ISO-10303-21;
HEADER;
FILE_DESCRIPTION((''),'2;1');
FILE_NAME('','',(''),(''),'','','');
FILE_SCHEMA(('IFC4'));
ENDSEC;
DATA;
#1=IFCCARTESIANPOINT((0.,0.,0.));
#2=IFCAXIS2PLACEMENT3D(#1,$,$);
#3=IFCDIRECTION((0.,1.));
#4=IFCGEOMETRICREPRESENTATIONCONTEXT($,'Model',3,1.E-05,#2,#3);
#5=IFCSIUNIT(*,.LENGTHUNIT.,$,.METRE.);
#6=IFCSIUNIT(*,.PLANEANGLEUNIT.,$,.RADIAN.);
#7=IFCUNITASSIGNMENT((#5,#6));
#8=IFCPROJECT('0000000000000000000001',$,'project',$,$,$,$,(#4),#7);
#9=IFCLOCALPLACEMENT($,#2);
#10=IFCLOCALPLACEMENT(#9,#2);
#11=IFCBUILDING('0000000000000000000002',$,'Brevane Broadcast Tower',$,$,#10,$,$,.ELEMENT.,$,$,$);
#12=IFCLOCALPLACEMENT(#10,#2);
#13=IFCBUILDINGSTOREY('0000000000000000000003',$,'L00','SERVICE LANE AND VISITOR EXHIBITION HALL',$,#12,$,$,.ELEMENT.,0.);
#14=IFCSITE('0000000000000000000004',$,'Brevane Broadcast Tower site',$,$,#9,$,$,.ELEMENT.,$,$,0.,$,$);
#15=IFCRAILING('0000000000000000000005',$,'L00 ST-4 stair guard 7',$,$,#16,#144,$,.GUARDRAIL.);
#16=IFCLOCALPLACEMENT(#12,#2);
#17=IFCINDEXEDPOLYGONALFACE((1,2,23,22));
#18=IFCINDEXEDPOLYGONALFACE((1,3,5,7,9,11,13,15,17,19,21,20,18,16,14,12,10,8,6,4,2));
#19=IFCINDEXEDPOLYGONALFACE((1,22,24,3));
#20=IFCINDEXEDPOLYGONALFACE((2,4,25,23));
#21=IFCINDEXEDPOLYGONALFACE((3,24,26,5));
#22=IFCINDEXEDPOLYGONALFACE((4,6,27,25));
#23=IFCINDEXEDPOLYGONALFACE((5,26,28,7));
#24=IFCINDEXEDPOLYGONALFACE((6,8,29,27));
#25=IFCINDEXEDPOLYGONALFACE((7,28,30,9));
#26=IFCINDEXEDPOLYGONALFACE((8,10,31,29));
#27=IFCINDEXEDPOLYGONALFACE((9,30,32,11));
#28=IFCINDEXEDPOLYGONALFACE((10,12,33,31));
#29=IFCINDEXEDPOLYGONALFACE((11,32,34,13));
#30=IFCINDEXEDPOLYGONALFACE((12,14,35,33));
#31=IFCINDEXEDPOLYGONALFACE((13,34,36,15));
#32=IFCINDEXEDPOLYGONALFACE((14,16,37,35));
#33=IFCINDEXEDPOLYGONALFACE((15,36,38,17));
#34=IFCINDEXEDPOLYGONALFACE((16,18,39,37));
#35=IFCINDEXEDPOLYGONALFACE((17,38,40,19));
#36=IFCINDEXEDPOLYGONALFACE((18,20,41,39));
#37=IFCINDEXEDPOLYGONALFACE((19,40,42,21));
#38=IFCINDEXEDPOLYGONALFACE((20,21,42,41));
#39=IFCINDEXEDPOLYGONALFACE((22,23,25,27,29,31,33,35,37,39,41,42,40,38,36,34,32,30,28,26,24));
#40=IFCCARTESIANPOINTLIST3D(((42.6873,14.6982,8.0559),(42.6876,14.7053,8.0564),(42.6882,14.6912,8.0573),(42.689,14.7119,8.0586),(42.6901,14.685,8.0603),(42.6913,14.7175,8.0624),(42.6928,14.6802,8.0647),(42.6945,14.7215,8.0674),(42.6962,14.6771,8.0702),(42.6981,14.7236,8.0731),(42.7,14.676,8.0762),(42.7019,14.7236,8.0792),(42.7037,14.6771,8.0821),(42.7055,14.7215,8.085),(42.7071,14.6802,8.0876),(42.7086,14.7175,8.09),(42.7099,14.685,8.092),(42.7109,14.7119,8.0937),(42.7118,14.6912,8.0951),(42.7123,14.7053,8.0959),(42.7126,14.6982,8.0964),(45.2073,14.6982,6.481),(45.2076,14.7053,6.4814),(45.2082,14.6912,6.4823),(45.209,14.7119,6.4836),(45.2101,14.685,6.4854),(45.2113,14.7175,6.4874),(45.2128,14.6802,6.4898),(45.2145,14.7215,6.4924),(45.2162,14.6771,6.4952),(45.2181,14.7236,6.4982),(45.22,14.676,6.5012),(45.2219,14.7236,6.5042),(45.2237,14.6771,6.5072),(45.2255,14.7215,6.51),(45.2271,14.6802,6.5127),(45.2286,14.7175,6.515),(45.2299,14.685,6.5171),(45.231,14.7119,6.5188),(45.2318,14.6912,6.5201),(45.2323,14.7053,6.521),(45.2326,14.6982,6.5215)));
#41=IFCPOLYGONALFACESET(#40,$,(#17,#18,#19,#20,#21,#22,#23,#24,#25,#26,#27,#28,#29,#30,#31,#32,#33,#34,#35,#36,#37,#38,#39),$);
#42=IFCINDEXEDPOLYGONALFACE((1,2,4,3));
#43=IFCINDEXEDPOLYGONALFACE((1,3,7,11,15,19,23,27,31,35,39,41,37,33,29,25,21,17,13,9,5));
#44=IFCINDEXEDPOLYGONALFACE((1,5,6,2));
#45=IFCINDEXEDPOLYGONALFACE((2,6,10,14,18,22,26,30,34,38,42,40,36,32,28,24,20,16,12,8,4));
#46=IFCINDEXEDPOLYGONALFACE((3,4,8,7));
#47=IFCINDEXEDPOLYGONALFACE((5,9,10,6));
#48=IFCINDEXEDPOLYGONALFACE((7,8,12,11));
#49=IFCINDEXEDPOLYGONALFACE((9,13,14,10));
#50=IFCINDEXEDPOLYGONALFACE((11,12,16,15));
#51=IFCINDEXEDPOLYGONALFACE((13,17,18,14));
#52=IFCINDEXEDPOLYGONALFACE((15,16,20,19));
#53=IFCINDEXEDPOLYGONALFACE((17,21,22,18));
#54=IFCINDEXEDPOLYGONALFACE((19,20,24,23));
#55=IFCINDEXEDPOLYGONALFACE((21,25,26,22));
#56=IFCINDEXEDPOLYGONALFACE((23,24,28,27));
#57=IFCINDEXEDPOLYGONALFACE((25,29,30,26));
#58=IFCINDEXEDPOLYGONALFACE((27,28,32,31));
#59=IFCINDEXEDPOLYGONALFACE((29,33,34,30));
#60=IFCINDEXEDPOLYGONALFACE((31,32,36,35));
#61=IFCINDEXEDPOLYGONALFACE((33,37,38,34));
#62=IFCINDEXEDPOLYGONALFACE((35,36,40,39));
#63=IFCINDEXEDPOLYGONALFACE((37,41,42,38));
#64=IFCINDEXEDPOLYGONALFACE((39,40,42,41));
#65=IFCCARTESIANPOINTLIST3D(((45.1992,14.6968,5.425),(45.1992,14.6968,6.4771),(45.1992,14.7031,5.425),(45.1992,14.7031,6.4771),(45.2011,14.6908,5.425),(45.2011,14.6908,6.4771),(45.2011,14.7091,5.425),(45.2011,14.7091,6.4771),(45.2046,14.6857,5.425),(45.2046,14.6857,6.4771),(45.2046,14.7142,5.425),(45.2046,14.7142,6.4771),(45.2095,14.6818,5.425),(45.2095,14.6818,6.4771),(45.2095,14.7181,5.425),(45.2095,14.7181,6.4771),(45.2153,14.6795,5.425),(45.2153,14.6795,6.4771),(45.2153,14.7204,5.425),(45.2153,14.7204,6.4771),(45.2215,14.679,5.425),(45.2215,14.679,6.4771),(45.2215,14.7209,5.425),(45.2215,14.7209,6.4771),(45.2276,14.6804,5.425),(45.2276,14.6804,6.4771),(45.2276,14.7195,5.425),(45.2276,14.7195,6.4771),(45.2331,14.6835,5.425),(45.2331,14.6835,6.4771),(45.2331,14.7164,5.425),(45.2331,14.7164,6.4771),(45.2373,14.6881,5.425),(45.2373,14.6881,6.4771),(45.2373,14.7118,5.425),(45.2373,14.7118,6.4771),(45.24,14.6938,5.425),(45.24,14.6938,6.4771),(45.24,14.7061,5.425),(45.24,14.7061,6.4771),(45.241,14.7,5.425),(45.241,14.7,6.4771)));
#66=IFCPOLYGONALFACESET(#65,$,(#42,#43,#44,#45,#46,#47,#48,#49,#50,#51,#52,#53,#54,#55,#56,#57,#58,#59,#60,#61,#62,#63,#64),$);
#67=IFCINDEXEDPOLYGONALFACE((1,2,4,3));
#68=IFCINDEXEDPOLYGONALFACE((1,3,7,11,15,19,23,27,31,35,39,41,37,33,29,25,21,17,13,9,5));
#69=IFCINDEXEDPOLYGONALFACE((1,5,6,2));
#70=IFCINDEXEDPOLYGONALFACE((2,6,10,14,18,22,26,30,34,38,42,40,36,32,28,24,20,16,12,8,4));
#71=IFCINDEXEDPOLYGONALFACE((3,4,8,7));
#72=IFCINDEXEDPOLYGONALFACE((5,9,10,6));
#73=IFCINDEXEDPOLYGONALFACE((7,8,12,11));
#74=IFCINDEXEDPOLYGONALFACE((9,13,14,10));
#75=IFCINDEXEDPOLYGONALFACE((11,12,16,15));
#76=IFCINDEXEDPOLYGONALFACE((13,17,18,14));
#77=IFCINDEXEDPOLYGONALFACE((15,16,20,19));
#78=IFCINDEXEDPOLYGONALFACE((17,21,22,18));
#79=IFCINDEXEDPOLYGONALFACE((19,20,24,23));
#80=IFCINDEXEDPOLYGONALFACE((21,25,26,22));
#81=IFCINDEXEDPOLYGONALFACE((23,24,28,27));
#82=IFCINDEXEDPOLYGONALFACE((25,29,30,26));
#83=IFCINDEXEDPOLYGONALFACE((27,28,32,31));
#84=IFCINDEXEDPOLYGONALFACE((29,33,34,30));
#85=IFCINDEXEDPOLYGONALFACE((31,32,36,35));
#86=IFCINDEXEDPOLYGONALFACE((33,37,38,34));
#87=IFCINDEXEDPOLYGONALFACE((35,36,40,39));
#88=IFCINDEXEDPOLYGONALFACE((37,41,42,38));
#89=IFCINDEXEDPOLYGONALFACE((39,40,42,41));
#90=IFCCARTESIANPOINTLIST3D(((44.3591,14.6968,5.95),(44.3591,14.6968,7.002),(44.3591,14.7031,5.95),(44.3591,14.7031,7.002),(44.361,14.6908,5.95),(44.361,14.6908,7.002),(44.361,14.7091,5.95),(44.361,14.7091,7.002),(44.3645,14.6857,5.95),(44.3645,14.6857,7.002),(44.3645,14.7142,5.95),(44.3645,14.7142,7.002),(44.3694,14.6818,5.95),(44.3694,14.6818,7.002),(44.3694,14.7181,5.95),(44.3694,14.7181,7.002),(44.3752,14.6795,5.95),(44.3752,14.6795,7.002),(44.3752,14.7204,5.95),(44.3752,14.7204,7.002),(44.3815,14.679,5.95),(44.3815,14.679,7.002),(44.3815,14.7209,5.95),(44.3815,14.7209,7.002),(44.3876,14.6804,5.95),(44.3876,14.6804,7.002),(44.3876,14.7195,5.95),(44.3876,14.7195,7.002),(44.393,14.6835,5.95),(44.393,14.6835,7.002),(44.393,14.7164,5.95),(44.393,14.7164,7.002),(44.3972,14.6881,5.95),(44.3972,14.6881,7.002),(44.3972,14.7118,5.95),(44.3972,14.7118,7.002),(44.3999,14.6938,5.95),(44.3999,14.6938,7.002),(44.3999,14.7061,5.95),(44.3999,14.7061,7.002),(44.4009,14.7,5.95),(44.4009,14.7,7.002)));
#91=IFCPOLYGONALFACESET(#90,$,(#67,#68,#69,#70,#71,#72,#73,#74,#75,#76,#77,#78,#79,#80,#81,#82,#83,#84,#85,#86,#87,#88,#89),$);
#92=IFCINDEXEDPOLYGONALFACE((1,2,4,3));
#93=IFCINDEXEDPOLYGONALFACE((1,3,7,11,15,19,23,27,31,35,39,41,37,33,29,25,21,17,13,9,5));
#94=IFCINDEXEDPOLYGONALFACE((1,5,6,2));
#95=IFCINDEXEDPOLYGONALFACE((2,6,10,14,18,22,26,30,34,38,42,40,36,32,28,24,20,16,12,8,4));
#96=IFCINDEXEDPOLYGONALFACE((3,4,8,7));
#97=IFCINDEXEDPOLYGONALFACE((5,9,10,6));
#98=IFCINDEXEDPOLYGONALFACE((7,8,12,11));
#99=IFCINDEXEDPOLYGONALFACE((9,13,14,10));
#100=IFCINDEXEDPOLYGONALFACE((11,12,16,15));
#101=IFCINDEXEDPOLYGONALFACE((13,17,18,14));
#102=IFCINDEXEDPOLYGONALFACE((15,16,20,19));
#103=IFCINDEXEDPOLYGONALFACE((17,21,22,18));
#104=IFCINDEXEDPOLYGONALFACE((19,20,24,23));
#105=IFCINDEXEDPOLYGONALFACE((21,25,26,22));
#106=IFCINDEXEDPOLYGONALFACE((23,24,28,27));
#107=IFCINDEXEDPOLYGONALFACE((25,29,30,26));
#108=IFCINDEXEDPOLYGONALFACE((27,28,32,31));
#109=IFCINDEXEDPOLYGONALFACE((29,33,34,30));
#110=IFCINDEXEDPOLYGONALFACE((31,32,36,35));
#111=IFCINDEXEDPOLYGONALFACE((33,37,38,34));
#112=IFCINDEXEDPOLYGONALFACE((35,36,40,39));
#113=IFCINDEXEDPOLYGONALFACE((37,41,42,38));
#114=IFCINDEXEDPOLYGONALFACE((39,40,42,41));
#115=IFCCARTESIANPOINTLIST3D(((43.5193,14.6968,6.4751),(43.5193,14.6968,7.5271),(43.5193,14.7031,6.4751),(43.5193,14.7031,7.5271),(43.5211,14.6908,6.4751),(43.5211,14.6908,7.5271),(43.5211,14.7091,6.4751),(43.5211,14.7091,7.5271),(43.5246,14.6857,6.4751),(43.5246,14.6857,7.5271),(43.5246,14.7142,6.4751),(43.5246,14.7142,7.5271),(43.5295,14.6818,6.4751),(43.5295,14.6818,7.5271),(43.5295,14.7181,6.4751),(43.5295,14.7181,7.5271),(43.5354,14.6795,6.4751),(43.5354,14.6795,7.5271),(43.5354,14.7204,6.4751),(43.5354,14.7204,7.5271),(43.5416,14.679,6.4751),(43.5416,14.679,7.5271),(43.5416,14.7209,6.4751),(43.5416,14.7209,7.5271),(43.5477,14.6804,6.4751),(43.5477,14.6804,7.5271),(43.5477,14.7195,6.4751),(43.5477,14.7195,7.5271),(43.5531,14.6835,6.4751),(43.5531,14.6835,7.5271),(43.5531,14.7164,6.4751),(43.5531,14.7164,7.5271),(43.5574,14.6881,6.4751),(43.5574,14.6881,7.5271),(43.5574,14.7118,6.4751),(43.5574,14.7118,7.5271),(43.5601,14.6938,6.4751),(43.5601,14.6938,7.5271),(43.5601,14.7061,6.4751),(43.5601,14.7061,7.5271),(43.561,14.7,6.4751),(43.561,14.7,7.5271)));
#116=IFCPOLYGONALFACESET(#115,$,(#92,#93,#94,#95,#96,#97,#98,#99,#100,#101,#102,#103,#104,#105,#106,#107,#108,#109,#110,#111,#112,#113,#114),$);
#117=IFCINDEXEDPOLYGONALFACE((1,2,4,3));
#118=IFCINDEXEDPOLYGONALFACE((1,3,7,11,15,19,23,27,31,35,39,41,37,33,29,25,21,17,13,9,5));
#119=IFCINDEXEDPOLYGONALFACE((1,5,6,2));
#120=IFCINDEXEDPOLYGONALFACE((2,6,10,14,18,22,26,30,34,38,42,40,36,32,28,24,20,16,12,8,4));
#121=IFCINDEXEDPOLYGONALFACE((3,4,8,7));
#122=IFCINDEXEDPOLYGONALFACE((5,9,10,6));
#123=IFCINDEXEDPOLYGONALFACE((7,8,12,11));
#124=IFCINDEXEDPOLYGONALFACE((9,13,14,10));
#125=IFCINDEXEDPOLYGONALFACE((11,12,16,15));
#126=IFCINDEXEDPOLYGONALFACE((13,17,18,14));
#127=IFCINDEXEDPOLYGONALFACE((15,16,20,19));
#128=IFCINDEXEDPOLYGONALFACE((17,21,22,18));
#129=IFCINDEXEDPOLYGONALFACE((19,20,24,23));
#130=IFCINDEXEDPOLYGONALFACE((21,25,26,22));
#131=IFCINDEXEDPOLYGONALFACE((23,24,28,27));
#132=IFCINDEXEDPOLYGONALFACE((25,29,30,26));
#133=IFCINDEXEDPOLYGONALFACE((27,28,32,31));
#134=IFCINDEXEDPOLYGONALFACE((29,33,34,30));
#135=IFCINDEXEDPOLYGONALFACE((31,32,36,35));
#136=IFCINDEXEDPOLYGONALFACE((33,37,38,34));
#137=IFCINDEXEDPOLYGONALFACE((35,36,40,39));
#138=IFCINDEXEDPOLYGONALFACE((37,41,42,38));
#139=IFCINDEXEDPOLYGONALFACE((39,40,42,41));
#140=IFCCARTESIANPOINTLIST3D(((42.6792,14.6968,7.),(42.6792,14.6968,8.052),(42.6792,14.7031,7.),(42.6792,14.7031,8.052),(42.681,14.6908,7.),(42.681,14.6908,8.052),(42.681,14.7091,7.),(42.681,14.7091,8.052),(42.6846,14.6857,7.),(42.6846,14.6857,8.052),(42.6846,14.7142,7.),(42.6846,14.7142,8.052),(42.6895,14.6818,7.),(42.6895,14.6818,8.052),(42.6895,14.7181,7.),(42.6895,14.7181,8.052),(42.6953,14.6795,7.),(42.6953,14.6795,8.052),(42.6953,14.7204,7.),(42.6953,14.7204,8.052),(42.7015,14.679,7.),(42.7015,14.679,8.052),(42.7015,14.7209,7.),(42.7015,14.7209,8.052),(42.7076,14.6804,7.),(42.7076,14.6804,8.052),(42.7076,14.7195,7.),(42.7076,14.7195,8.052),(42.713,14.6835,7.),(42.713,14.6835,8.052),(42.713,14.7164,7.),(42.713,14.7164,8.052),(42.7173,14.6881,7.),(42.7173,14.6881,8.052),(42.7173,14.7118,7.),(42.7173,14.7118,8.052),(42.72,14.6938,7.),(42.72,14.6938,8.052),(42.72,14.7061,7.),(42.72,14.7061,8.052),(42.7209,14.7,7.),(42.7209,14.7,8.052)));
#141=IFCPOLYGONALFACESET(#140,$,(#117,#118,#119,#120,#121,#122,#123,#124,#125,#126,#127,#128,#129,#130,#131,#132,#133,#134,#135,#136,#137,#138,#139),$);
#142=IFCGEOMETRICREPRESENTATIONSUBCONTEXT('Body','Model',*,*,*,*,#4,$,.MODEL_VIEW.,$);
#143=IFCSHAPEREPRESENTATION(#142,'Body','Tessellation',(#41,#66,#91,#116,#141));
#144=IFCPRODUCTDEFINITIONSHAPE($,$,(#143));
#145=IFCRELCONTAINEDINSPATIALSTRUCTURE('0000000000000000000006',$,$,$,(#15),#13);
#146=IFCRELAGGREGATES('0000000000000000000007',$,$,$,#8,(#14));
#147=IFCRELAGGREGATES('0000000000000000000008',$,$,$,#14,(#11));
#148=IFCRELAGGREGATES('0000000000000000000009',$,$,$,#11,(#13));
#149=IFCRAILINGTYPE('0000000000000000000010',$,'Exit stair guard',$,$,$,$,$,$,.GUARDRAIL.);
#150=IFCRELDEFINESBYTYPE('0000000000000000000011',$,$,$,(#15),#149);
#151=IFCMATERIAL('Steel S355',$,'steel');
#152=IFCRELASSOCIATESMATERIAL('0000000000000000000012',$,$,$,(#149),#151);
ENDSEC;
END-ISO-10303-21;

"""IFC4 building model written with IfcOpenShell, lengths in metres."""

from ifc_helpers import new_model, si_unit, direction, frame, origin, origin_2d, place, context, subcontext, project, spatial, circle, extrude, material, type_object, element, save


model = new_model("IFC4")

# Units and contexts
model_context = context("Model", 3, precision=1e-05, world=origin(), true_north=direction((0.0, 1.0)))
body_context = subcontext(model_context, "Body", "Model", "MODEL_VIEW")
ifc_project = project(units=[si_unit("LENGTHUNIT", "METRE"), si_unit("PLANEANGLEUNIT", "RADIAN")], contexts=[model_context])

# Site, building, storey
site_placement = place(None, origin())
site = spatial("IfcSite", under=ifc_project, at=site_placement, Name="Brevane Broadcast Tower site", CompositionType="ELEMENT", RefElevation=0.0)
building_placement = place(site_placement, origin())
building = spatial("IfcBuilding", under=site, at=building_placement, Name="Brevane Broadcast Tower", CompositionType="ELEMENT")
storey_placement = place(building_placement, origin())
storey = spatial("IfcBuildingStorey", under=building, at=storey_placement, Name="L00", Description="SERVICE LANE AND VISITOR EXHIBITION HALL", CompositionType="ELEMENT", Elevation=0.0)

# Railing
ifc_material_1 = material(Name="Steel S355", Category="steel")
railing_type_1 = type_object("IfcRailingType", Name="Exit stair guard", PredefinedType="GUARDRAIL", material=ifc_material_1)
railing_1_placement = place(storey_placement, frame((45.22, 14.7, 5.425)))
element("IfcRailing", 1, at=railing_1_placement, inside=storey, type_object=railing_type_1, Name="L00 ST-4 stair guard 7", PredefinedType="GUARDRAIL", context=body_context, shape_type="SweptSolid", body=[
    extrude(circle(Radius=0.0239, at=origin_2d()), frame((0.0, 0.0, 1.0762), z_axis=(-0.848008, 0.0, 0.529984), x_axis=(0.0, -1.0, 0.0)), (0.0, 0.0, 1.0), 2.9717),
    extrude(circle(Radius=0.021, at=origin_2d()), origin(), (0.0, 0.0, 1.0), 1.052),
    extrude(circle(Radius=0.021, at=origin_2d()), frame((-0.8401, 0.0, 0.5249)), (0.0, 0.0, 1.0), 1.052),
    extrude(circle(Radius=0.021, at=origin_2d()), frame((-1.6799, 0.0, 1.05)), (0.0, 0.0, 1.0), 1.052),
    extrude(circle(Radius=0.021, at=origin_2d()), frame((-2.52, 0.0, 1.575)), (0.0, 0.0, 1.0), 1.052),
])

save(model, "model.ifc")
